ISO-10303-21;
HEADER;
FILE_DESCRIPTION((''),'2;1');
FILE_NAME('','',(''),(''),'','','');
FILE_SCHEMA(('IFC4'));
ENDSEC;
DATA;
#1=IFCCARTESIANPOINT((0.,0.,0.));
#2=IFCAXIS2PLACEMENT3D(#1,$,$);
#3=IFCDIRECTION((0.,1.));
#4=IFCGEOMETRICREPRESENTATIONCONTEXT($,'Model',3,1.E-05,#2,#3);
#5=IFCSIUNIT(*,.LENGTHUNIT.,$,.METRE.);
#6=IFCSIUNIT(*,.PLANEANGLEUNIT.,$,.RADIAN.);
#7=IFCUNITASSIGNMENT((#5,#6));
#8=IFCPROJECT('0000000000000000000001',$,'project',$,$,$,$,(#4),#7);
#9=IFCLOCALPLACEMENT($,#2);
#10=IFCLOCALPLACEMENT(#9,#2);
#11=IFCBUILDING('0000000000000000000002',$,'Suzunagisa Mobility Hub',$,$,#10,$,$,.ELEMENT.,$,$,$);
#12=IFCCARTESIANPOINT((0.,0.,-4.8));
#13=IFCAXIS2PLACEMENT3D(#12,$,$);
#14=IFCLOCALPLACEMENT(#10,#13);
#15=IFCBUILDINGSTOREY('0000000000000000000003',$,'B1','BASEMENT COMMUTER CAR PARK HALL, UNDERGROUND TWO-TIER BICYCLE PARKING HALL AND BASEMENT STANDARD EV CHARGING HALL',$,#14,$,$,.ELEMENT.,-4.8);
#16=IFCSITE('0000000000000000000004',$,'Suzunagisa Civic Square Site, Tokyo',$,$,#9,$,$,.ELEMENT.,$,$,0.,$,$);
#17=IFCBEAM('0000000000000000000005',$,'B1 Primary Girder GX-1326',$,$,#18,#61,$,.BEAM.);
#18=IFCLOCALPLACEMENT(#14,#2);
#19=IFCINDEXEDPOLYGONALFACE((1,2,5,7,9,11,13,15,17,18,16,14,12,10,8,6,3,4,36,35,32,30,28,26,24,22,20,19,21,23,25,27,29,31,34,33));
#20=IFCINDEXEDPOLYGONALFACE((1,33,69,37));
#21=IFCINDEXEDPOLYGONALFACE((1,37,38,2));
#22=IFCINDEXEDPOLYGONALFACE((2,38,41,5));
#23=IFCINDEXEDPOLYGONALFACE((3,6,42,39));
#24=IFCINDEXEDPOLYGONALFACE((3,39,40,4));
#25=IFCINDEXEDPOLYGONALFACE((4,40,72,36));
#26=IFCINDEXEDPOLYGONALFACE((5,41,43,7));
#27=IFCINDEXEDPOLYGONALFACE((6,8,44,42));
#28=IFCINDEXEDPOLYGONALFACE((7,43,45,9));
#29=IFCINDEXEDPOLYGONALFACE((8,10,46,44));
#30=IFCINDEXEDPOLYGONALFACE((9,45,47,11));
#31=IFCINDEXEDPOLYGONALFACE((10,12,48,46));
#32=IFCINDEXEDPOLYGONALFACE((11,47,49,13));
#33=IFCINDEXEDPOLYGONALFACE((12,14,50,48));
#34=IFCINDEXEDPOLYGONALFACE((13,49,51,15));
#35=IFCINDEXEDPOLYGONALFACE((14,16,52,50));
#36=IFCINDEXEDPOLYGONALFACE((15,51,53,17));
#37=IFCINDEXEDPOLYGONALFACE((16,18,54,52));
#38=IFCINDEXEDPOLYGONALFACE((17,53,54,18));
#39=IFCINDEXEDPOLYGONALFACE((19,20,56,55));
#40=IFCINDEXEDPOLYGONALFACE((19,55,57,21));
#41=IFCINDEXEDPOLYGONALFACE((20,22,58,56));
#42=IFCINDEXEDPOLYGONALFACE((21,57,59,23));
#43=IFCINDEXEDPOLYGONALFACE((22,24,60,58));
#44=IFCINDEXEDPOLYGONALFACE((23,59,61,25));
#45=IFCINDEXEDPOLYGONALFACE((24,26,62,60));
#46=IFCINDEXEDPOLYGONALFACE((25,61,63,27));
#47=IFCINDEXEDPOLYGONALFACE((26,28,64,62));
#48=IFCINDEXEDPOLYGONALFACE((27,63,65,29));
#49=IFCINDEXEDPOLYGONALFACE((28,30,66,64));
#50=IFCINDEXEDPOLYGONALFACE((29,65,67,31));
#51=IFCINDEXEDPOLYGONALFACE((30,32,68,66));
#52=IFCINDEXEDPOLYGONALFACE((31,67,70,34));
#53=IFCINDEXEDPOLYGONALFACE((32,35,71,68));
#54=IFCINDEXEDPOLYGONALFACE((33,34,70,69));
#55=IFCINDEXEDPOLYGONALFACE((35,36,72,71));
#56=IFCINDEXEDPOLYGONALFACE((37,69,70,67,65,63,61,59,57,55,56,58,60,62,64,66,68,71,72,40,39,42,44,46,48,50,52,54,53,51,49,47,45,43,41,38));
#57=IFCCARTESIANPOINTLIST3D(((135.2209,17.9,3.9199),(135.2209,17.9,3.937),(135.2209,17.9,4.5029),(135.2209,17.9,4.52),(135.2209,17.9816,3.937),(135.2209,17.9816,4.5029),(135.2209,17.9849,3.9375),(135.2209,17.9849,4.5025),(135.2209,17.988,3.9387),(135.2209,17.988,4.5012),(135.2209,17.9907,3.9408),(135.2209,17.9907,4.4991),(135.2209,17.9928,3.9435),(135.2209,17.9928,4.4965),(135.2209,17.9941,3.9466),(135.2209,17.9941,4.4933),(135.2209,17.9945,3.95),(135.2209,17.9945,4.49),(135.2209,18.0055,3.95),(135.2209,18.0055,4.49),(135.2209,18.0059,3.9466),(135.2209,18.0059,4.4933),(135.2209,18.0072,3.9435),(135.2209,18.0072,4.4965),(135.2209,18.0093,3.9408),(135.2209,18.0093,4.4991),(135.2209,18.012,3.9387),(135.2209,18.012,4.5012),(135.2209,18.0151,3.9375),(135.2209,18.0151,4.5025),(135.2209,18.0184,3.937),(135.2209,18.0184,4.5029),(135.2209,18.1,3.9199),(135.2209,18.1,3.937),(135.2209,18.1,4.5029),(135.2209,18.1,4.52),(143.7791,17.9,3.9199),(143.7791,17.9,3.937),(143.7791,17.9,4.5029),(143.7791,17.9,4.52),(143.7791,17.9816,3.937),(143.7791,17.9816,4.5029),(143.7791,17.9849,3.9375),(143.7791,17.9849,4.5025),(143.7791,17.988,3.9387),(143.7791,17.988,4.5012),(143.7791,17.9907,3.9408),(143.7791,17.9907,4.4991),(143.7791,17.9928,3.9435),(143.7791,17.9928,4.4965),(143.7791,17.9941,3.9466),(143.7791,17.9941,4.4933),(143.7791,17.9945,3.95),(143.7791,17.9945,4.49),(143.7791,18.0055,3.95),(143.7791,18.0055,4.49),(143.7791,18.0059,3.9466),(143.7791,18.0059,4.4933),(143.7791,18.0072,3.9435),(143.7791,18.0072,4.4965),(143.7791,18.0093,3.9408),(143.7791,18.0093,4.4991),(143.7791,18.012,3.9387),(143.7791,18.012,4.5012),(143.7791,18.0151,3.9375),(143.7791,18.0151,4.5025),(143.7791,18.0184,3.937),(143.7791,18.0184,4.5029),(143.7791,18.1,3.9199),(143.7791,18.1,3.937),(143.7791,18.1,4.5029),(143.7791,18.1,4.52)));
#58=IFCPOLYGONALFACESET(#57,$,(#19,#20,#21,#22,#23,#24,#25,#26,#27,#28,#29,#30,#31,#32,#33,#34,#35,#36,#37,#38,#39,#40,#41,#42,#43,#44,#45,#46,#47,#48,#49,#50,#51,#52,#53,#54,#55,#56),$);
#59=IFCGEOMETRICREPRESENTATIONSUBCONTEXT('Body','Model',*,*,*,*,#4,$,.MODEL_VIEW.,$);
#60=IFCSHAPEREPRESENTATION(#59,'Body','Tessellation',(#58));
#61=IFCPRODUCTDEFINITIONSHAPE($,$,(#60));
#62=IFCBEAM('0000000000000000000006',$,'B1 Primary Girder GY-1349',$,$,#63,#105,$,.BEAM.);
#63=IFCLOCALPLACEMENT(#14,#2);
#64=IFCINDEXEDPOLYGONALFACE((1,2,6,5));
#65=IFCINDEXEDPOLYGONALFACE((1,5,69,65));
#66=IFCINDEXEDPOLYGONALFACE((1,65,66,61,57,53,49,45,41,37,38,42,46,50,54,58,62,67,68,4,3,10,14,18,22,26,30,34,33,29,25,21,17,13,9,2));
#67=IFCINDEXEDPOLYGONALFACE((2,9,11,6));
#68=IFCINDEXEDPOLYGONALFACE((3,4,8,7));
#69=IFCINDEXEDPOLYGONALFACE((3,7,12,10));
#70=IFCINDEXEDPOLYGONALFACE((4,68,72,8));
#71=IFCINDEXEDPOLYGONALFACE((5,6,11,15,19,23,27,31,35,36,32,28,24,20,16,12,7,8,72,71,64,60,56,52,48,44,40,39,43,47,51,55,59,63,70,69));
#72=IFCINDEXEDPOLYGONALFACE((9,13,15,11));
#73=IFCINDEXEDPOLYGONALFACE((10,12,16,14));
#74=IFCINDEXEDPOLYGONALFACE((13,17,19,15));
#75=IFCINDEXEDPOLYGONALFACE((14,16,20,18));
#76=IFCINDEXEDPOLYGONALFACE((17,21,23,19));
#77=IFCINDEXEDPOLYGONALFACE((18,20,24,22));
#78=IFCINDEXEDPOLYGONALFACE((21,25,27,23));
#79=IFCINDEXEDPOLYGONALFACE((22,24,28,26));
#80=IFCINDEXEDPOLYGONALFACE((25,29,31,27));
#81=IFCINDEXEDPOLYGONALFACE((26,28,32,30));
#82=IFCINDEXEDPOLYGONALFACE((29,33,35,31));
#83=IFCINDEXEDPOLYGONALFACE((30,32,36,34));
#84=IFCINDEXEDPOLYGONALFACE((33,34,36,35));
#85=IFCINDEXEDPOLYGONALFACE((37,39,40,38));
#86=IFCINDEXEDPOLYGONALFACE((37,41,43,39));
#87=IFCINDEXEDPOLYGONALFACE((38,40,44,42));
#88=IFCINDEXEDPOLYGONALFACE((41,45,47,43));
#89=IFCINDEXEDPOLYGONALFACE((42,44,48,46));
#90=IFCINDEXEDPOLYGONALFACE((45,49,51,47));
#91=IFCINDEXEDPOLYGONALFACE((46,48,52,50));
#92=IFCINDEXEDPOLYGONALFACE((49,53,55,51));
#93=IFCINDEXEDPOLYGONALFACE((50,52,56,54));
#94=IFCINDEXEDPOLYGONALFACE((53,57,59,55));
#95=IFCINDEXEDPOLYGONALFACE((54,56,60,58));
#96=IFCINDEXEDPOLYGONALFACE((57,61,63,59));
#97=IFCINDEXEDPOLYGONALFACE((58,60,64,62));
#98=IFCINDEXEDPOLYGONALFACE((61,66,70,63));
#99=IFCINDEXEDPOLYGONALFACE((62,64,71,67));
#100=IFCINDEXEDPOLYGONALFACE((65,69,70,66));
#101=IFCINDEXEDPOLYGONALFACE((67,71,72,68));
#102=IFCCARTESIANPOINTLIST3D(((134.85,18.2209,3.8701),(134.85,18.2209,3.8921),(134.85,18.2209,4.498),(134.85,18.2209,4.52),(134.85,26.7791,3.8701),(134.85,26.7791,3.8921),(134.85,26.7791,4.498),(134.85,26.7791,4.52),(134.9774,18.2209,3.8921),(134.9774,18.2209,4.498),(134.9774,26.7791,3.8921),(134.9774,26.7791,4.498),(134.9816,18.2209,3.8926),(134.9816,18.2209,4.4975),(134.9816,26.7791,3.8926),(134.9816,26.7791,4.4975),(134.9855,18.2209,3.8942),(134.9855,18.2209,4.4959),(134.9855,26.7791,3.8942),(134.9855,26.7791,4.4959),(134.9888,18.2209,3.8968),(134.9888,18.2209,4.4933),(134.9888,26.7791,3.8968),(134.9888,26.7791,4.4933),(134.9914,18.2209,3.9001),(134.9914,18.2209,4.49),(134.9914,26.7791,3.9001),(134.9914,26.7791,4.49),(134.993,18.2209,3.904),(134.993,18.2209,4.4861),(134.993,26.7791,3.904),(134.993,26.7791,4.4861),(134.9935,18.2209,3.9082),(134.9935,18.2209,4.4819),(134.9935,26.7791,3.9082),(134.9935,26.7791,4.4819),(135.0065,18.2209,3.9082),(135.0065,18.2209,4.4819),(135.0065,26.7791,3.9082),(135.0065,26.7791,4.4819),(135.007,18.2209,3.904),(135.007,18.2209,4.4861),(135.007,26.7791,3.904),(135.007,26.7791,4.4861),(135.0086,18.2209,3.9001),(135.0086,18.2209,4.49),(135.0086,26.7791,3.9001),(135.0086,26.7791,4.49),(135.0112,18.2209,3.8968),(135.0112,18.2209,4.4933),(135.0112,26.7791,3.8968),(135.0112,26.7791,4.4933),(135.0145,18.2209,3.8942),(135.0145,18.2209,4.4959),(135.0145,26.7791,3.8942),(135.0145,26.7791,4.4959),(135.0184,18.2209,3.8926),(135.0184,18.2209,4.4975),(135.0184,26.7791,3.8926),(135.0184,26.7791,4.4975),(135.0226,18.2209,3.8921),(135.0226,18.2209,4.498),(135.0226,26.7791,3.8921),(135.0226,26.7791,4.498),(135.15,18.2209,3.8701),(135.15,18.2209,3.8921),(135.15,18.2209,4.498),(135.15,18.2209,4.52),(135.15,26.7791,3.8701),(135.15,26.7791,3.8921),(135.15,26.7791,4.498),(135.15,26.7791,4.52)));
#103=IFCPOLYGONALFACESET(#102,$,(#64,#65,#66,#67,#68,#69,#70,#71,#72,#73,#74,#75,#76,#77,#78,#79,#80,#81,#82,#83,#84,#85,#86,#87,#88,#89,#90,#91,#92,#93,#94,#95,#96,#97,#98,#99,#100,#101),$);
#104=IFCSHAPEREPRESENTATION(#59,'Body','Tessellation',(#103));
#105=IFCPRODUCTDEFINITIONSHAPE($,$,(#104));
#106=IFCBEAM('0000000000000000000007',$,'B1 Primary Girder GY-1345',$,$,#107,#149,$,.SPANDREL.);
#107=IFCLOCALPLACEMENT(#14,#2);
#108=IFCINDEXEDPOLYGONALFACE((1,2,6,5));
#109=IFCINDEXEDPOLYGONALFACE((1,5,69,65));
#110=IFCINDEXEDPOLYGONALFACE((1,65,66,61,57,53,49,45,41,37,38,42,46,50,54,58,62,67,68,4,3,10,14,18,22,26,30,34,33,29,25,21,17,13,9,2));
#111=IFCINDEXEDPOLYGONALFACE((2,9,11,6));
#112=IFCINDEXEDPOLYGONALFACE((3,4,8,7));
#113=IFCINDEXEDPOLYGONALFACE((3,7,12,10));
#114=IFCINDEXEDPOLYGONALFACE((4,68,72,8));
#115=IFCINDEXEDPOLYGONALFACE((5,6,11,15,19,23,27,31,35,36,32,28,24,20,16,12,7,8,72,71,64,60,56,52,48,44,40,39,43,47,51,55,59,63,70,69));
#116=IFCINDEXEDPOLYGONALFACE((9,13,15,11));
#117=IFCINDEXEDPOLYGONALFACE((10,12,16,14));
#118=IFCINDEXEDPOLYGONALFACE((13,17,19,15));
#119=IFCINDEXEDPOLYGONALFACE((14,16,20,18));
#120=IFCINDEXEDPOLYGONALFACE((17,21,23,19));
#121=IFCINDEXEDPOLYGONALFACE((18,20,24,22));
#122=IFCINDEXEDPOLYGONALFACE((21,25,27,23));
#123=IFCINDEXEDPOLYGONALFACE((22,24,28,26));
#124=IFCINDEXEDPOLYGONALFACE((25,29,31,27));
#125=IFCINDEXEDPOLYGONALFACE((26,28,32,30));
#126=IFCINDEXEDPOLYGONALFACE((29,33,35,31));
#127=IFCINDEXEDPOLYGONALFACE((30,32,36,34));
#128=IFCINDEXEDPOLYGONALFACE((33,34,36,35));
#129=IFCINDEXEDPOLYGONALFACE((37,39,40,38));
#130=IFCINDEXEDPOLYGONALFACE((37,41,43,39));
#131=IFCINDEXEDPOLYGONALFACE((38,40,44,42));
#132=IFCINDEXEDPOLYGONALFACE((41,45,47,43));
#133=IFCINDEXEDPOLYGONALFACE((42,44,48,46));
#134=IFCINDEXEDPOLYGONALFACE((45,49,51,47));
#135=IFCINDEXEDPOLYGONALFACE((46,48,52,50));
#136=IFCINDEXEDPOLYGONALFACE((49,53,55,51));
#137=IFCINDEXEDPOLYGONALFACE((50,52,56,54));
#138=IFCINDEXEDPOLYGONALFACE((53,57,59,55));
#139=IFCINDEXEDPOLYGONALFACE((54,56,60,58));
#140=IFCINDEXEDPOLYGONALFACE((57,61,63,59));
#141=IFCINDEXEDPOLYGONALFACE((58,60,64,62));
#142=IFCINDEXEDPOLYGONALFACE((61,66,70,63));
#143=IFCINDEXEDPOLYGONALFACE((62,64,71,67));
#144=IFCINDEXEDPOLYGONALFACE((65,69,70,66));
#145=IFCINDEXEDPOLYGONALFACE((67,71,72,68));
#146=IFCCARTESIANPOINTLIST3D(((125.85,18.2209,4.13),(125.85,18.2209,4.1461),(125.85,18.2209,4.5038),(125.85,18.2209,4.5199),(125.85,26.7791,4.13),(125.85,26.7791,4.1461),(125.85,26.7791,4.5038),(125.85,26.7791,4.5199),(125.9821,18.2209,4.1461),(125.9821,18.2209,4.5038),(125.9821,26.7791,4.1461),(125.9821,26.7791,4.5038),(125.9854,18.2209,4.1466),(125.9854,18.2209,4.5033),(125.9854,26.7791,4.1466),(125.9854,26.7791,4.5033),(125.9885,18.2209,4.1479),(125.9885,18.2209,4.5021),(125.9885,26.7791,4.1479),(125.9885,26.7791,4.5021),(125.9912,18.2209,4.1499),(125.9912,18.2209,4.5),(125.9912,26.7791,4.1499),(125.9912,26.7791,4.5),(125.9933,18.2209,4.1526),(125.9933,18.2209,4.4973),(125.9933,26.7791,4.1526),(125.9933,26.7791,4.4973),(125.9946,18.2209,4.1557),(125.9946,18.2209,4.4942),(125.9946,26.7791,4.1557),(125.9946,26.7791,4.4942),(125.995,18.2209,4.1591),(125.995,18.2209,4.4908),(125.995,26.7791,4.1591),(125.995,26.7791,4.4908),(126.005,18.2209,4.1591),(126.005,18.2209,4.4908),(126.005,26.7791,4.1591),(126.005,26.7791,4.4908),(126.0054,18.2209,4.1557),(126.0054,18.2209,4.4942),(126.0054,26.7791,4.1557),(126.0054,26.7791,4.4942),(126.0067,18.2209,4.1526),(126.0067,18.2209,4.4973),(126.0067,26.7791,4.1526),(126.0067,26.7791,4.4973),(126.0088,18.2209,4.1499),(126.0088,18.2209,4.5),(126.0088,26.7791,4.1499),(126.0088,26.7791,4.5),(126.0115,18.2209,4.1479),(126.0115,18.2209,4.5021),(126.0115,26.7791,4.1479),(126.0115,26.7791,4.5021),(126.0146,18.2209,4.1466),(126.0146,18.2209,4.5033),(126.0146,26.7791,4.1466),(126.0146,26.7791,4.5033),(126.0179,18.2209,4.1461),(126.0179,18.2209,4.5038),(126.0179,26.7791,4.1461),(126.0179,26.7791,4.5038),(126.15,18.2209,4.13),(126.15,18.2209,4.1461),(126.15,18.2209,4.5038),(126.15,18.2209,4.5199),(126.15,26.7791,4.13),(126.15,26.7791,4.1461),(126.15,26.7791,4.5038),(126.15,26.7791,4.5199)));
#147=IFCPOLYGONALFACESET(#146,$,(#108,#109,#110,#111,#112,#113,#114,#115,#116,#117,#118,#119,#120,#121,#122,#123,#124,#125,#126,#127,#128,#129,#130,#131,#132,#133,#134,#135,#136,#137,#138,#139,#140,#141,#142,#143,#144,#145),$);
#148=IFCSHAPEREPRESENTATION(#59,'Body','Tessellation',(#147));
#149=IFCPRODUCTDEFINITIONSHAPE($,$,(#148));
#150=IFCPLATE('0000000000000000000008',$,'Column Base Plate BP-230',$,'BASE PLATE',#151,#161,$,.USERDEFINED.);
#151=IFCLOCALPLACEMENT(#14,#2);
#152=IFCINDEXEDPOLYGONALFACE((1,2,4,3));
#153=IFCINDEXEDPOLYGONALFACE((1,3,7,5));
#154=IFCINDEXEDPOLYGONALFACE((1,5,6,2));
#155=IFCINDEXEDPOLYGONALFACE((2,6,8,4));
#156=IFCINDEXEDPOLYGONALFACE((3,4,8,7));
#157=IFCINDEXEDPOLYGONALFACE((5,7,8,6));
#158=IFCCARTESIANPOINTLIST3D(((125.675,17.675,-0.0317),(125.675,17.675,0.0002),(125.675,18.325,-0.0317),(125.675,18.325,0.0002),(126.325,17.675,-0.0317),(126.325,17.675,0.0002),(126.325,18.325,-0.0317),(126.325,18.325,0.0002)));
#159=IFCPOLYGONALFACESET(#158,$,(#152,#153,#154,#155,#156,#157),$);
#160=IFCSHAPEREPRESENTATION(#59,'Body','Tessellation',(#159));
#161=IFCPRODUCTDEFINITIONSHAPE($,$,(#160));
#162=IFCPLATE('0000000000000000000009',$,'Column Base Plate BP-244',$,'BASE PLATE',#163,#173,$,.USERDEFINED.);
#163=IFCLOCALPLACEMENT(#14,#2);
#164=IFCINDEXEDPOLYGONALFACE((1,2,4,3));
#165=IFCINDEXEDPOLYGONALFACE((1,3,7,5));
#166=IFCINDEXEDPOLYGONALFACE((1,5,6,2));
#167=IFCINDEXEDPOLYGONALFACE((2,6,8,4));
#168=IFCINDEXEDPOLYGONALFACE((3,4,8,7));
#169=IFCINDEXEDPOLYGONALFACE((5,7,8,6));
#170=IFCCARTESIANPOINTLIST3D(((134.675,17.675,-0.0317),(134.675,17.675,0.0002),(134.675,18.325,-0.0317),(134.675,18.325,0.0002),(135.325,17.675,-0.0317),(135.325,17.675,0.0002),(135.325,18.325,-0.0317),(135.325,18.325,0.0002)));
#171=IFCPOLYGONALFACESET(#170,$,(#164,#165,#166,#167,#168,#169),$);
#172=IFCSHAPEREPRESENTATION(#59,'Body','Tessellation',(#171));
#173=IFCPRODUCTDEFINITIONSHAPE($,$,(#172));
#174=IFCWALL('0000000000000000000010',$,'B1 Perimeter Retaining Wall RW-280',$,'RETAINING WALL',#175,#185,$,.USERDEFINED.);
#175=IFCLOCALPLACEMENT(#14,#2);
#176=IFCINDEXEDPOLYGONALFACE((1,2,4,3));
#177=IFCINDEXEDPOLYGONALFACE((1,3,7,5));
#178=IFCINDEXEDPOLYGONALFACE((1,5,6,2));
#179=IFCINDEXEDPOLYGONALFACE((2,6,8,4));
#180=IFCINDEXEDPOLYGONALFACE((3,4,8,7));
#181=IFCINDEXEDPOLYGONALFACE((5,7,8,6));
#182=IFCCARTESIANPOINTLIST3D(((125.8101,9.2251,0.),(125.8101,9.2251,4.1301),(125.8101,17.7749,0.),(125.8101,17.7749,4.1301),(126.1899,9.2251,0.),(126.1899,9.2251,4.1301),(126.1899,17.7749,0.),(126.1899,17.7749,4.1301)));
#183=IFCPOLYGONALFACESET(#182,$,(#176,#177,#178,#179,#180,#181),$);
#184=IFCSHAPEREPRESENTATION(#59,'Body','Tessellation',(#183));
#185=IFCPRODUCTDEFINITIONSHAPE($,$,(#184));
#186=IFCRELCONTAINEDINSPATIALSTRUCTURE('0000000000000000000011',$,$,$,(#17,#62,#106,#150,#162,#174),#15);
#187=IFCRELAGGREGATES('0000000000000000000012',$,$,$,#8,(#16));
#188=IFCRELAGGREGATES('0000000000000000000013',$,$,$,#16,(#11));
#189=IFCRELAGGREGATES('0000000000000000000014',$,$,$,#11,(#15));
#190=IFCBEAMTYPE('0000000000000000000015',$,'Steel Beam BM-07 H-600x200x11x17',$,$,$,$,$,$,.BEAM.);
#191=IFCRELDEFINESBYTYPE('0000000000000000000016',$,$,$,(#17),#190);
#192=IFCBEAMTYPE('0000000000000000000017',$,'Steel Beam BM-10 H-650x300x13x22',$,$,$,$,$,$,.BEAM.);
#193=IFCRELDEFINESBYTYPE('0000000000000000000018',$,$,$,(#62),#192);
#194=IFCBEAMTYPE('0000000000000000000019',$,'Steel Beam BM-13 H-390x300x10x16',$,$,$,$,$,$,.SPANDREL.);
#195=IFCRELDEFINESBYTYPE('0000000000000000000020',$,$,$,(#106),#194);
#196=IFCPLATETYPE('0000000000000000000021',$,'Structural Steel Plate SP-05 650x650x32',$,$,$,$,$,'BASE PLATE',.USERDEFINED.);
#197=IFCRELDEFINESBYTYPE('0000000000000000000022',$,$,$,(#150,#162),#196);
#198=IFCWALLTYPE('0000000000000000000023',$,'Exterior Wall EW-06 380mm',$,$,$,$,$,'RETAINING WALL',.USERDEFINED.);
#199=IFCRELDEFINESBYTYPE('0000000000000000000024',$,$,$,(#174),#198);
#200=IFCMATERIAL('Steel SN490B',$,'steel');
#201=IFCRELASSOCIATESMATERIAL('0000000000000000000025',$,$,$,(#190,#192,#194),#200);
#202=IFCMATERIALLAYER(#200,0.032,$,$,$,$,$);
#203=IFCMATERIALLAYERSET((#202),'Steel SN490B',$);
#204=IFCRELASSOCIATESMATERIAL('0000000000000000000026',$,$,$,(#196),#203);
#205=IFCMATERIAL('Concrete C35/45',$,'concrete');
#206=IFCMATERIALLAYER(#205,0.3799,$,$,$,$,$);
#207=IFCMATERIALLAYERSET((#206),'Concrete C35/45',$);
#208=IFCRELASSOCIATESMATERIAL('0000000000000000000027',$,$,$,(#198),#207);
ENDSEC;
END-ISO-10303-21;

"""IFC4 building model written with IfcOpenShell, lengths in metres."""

from ifc_helpers import new_model, si_unit, direction, frame, frame_2d, origin, origin_2d, place, context, subcontext, project, spatial, rectangle, i_section, extrude, material, layer, layer_set, material_profile, profile_set, type_object, element, save


model = new_model("IFC4")

# Units and contexts
model_context = context("Model", 3, precision=1e-05, world=origin(), true_north=direction((0.0, 1.0)))
body_context = subcontext(model_context, "Body", "Model", "MODEL_VIEW")
ifc_project = project(units=[si_unit("LENGTHUNIT", "METRE"), si_unit("PLANEANGLEUNIT", "RADIAN")], contexts=[model_context])

# Site, building, storey
site_placement = place(None, origin())
site = spatial("IfcSite", under=ifc_project, at=site_placement, Name="Suzunagisa Civic Square Site, Tokyo", CompositionType="ELEMENT", RefElevation=0.0)
building_placement = place(site_placement, origin())
building = spatial("IfcBuilding", under=site, at=building_placement, Name="Suzunagisa Mobility Hub", CompositionType="ELEMENT")
storey_placement = place(building_placement, frame((0.0, 0.0, -4.8)))
storey = spatial("IfcBuildingStorey", under=building, at=storey_placement, Name="B1", Description="BASEMENT COMMUTER CAR PARK HALL, UNDERGROUND TWO-TIER BICYCLE PARKING HALL AND BASEMENT STANDARD EV CHARGING HALL", CompositionType="ELEMENT", Elevation=-4.8)

# Shared definitions
ifc_material_1 = material(Name="Steel SN490B", Category="steel")

# Beams
ifc_material_profile_1 = material_profile(ifc_material_1, i_section(OverallWidth=0.2, OverallDepth=0.6001, WebThickness=0.011, FlangeThickness=0.0171, FilletRadius=0.0129, at=origin_2d()), Name="H-600x200x11x17")
ifc_profile_set_1 = profile_set([ifc_material_profile_1], Name="Steel SN490B")
beam_type_1 = type_object("IfcBeamType", Name="Steel Beam BM-07 H-600x200x11x17", PredefinedType="BEAM", material=ifc_profile_set_1)
for number, where, z_axis, x_axis, name in (
    (1, (135.2209, 18.0, 4.22), (1.0, 0.0, 0.0), (0.0, 1.0, 0.0), "B1 Primary Girder GX-1326"),
):
    element("IfcBeam", number, at=place(storey_placement, frame(where, z_axis=z_axis, x_axis=x_axis)), inside=storey, type_object=beam_type_1, Name=name, PredefinedType="BEAM", context=body_context, shape_type="SweptSolid", body=[
        extrude(i_section(OverallWidth=0.2, OverallDepth=0.6001, WebThickness=0.011, FlangeThickness=0.0171, FilletRadius=0.0129, at=origin_2d()), origin(), (0.0, 0.0, 1.0), 8.5581),
    ])
ifc_material_profile_2 = material_profile(ifc_material_1, i_section(OverallWidth=0.3, OverallDepth=0.6499, WebThickness=0.0129, FlangeThickness=0.022, FilletRadius=0.0161, at=origin_2d()), Name="H-650x300x13x22")
ifc_profile_set_2 = profile_set([ifc_material_profile_2], Name="Steel SN490B")
beam_type_2 = type_object("IfcBeamType", Name="Steel Beam BM-10 H-650x300x13x22", PredefinedType="BEAM", material=ifc_profile_set_2)
beam_1_placement = place(storey_placement, frame((135.0, 18.2209, 4.1951), z_axis=(0.0, 1.0, 0.0), x_axis=(-1.0, 0.0, 0.0)))
element("IfcBeam", 2, at=beam_1_placement, inside=storey, type_object=beam_type_2, Name="B1 Primary Girder GY-1349", PredefinedType="BEAM", context=body_context, shape_type="SweptSolid", body=[
    extrude(i_section(OverallWidth=0.3, OverallDepth=0.6499, WebThickness=0.0129, FlangeThickness=0.022, FilletRadius=0.0161, at=origin_2d()), origin(), (0.0, 0.0, 1.0), 8.5581),
])
ifc_material_profile_3 = material_profile(ifc_material_1, i_section(OverallWidth=0.3, OverallDepth=0.3899, WebThickness=0.01, FlangeThickness=0.0161, FilletRadius=0.0129, at=origin_2d()), Name="H-390x300x10x16")
ifc_profile_set_3 = profile_set([ifc_material_profile_3], Name="Steel SN490B")
beam_type_3 = type_object("IfcBeamType", Name="Steel Beam BM-13 H-390x300x10x16", PredefinedType="SPANDREL", material=ifc_profile_set_3)
beam_2_placement = place(storey_placement, frame((126.0, 18.2209, 4.325), z_axis=(0.0, 1.0, 0.0), x_axis=(-1.0, 0.0, 0.0)))
element("IfcBeam", 3, at=beam_2_placement, inside=storey, type_object=beam_type_3, Name="B1 Primary Girder GY-1345", PredefinedType="SPANDREL", context=body_context, shape_type="SweptSolid", body=[
    extrude(i_section(OverallWidth=0.3, OverallDepth=0.3899, WebThickness=0.01, FlangeThickness=0.0161, FilletRadius=0.0129, at=origin_2d()), origin(), (0.0, 0.0, 1.0), 8.5581),
])

# Plates
ifc_layer_1 = layer(ifc_material_1, 0.032)
ifc_layer_set_1 = layer_set([ifc_layer_1], Name="Steel SN490B")
plate_type = type_object("IfcPlateType", Name="Structural Steel Plate SP-05 650x650x32", ElementType="BASE PLATE", PredefinedType="USERDEFINED", material=ifc_layer_set_1)
for number, where, z_axis, x_axis, name in (
    (4, (126.0, 18.0, -0.0317), (0.0, 0.0, 1.0), (1.0, 0.0, 0.0), "Column Base Plate BP-230"),
    (5, (135.0, 18.0, -0.0317), (0.0, 0.0, 1.0), (1.0, 0.0, 0.0), "Column Base Plate BP-244"),
):
    element("IfcPlate", number, at=place(storey_placement, frame(where, z_axis=z_axis, x_axis=x_axis)), inside=storey, type_object=plate_type, Name=name, ObjectType="BASE PLATE", PredefinedType="USERDEFINED", context=body_context, shape_type="SweptSolid", body=[
        extrude(rectangle(XDim=0.6499, YDim=0.6499, at=origin_2d()), origin(), (0.0, 0.0, 1.0), 0.032),
    ])

# Wall
ifc_material_2 = material(Name="Concrete C35/45", Category="concrete")
ifc_layer_2 = layer(ifc_material_2, 0.3799)
ifc_layer_set_2 = layer_set([ifc_layer_2], Name="Concrete C35/45")
wall_type_1 = type_object("IfcWallType", Name="Exterior Wall EW-06 380mm", ElementType="RETAINING WALL", PredefinedType="USERDEFINED", material=ifc_layer_set_2)
wall_1_placement = place(storey_placement, frame((126.0, 17.7749, 0.0), z_axis=(0.0, 0.0, 1.0), x_axis=(0.0, -1.0, 0.0)))
element("IfcWall", 6, at=wall_1_placement, inside=storey, type_object=wall_type_1, Name="B1 Perimeter Retaining Wall RW-280", ObjectType="RETAINING WALL", PredefinedType="USERDEFINED", context=body_context, shape_type="SweptSolid", body=[
    extrude(rectangle(XDim=8.5498, YDim=0.3799, at=frame_2d((4.2749, 0.0))), origin(), (0.0, 0.0, 1.0), 4.1301),
])

save(model, "model.ifc")
